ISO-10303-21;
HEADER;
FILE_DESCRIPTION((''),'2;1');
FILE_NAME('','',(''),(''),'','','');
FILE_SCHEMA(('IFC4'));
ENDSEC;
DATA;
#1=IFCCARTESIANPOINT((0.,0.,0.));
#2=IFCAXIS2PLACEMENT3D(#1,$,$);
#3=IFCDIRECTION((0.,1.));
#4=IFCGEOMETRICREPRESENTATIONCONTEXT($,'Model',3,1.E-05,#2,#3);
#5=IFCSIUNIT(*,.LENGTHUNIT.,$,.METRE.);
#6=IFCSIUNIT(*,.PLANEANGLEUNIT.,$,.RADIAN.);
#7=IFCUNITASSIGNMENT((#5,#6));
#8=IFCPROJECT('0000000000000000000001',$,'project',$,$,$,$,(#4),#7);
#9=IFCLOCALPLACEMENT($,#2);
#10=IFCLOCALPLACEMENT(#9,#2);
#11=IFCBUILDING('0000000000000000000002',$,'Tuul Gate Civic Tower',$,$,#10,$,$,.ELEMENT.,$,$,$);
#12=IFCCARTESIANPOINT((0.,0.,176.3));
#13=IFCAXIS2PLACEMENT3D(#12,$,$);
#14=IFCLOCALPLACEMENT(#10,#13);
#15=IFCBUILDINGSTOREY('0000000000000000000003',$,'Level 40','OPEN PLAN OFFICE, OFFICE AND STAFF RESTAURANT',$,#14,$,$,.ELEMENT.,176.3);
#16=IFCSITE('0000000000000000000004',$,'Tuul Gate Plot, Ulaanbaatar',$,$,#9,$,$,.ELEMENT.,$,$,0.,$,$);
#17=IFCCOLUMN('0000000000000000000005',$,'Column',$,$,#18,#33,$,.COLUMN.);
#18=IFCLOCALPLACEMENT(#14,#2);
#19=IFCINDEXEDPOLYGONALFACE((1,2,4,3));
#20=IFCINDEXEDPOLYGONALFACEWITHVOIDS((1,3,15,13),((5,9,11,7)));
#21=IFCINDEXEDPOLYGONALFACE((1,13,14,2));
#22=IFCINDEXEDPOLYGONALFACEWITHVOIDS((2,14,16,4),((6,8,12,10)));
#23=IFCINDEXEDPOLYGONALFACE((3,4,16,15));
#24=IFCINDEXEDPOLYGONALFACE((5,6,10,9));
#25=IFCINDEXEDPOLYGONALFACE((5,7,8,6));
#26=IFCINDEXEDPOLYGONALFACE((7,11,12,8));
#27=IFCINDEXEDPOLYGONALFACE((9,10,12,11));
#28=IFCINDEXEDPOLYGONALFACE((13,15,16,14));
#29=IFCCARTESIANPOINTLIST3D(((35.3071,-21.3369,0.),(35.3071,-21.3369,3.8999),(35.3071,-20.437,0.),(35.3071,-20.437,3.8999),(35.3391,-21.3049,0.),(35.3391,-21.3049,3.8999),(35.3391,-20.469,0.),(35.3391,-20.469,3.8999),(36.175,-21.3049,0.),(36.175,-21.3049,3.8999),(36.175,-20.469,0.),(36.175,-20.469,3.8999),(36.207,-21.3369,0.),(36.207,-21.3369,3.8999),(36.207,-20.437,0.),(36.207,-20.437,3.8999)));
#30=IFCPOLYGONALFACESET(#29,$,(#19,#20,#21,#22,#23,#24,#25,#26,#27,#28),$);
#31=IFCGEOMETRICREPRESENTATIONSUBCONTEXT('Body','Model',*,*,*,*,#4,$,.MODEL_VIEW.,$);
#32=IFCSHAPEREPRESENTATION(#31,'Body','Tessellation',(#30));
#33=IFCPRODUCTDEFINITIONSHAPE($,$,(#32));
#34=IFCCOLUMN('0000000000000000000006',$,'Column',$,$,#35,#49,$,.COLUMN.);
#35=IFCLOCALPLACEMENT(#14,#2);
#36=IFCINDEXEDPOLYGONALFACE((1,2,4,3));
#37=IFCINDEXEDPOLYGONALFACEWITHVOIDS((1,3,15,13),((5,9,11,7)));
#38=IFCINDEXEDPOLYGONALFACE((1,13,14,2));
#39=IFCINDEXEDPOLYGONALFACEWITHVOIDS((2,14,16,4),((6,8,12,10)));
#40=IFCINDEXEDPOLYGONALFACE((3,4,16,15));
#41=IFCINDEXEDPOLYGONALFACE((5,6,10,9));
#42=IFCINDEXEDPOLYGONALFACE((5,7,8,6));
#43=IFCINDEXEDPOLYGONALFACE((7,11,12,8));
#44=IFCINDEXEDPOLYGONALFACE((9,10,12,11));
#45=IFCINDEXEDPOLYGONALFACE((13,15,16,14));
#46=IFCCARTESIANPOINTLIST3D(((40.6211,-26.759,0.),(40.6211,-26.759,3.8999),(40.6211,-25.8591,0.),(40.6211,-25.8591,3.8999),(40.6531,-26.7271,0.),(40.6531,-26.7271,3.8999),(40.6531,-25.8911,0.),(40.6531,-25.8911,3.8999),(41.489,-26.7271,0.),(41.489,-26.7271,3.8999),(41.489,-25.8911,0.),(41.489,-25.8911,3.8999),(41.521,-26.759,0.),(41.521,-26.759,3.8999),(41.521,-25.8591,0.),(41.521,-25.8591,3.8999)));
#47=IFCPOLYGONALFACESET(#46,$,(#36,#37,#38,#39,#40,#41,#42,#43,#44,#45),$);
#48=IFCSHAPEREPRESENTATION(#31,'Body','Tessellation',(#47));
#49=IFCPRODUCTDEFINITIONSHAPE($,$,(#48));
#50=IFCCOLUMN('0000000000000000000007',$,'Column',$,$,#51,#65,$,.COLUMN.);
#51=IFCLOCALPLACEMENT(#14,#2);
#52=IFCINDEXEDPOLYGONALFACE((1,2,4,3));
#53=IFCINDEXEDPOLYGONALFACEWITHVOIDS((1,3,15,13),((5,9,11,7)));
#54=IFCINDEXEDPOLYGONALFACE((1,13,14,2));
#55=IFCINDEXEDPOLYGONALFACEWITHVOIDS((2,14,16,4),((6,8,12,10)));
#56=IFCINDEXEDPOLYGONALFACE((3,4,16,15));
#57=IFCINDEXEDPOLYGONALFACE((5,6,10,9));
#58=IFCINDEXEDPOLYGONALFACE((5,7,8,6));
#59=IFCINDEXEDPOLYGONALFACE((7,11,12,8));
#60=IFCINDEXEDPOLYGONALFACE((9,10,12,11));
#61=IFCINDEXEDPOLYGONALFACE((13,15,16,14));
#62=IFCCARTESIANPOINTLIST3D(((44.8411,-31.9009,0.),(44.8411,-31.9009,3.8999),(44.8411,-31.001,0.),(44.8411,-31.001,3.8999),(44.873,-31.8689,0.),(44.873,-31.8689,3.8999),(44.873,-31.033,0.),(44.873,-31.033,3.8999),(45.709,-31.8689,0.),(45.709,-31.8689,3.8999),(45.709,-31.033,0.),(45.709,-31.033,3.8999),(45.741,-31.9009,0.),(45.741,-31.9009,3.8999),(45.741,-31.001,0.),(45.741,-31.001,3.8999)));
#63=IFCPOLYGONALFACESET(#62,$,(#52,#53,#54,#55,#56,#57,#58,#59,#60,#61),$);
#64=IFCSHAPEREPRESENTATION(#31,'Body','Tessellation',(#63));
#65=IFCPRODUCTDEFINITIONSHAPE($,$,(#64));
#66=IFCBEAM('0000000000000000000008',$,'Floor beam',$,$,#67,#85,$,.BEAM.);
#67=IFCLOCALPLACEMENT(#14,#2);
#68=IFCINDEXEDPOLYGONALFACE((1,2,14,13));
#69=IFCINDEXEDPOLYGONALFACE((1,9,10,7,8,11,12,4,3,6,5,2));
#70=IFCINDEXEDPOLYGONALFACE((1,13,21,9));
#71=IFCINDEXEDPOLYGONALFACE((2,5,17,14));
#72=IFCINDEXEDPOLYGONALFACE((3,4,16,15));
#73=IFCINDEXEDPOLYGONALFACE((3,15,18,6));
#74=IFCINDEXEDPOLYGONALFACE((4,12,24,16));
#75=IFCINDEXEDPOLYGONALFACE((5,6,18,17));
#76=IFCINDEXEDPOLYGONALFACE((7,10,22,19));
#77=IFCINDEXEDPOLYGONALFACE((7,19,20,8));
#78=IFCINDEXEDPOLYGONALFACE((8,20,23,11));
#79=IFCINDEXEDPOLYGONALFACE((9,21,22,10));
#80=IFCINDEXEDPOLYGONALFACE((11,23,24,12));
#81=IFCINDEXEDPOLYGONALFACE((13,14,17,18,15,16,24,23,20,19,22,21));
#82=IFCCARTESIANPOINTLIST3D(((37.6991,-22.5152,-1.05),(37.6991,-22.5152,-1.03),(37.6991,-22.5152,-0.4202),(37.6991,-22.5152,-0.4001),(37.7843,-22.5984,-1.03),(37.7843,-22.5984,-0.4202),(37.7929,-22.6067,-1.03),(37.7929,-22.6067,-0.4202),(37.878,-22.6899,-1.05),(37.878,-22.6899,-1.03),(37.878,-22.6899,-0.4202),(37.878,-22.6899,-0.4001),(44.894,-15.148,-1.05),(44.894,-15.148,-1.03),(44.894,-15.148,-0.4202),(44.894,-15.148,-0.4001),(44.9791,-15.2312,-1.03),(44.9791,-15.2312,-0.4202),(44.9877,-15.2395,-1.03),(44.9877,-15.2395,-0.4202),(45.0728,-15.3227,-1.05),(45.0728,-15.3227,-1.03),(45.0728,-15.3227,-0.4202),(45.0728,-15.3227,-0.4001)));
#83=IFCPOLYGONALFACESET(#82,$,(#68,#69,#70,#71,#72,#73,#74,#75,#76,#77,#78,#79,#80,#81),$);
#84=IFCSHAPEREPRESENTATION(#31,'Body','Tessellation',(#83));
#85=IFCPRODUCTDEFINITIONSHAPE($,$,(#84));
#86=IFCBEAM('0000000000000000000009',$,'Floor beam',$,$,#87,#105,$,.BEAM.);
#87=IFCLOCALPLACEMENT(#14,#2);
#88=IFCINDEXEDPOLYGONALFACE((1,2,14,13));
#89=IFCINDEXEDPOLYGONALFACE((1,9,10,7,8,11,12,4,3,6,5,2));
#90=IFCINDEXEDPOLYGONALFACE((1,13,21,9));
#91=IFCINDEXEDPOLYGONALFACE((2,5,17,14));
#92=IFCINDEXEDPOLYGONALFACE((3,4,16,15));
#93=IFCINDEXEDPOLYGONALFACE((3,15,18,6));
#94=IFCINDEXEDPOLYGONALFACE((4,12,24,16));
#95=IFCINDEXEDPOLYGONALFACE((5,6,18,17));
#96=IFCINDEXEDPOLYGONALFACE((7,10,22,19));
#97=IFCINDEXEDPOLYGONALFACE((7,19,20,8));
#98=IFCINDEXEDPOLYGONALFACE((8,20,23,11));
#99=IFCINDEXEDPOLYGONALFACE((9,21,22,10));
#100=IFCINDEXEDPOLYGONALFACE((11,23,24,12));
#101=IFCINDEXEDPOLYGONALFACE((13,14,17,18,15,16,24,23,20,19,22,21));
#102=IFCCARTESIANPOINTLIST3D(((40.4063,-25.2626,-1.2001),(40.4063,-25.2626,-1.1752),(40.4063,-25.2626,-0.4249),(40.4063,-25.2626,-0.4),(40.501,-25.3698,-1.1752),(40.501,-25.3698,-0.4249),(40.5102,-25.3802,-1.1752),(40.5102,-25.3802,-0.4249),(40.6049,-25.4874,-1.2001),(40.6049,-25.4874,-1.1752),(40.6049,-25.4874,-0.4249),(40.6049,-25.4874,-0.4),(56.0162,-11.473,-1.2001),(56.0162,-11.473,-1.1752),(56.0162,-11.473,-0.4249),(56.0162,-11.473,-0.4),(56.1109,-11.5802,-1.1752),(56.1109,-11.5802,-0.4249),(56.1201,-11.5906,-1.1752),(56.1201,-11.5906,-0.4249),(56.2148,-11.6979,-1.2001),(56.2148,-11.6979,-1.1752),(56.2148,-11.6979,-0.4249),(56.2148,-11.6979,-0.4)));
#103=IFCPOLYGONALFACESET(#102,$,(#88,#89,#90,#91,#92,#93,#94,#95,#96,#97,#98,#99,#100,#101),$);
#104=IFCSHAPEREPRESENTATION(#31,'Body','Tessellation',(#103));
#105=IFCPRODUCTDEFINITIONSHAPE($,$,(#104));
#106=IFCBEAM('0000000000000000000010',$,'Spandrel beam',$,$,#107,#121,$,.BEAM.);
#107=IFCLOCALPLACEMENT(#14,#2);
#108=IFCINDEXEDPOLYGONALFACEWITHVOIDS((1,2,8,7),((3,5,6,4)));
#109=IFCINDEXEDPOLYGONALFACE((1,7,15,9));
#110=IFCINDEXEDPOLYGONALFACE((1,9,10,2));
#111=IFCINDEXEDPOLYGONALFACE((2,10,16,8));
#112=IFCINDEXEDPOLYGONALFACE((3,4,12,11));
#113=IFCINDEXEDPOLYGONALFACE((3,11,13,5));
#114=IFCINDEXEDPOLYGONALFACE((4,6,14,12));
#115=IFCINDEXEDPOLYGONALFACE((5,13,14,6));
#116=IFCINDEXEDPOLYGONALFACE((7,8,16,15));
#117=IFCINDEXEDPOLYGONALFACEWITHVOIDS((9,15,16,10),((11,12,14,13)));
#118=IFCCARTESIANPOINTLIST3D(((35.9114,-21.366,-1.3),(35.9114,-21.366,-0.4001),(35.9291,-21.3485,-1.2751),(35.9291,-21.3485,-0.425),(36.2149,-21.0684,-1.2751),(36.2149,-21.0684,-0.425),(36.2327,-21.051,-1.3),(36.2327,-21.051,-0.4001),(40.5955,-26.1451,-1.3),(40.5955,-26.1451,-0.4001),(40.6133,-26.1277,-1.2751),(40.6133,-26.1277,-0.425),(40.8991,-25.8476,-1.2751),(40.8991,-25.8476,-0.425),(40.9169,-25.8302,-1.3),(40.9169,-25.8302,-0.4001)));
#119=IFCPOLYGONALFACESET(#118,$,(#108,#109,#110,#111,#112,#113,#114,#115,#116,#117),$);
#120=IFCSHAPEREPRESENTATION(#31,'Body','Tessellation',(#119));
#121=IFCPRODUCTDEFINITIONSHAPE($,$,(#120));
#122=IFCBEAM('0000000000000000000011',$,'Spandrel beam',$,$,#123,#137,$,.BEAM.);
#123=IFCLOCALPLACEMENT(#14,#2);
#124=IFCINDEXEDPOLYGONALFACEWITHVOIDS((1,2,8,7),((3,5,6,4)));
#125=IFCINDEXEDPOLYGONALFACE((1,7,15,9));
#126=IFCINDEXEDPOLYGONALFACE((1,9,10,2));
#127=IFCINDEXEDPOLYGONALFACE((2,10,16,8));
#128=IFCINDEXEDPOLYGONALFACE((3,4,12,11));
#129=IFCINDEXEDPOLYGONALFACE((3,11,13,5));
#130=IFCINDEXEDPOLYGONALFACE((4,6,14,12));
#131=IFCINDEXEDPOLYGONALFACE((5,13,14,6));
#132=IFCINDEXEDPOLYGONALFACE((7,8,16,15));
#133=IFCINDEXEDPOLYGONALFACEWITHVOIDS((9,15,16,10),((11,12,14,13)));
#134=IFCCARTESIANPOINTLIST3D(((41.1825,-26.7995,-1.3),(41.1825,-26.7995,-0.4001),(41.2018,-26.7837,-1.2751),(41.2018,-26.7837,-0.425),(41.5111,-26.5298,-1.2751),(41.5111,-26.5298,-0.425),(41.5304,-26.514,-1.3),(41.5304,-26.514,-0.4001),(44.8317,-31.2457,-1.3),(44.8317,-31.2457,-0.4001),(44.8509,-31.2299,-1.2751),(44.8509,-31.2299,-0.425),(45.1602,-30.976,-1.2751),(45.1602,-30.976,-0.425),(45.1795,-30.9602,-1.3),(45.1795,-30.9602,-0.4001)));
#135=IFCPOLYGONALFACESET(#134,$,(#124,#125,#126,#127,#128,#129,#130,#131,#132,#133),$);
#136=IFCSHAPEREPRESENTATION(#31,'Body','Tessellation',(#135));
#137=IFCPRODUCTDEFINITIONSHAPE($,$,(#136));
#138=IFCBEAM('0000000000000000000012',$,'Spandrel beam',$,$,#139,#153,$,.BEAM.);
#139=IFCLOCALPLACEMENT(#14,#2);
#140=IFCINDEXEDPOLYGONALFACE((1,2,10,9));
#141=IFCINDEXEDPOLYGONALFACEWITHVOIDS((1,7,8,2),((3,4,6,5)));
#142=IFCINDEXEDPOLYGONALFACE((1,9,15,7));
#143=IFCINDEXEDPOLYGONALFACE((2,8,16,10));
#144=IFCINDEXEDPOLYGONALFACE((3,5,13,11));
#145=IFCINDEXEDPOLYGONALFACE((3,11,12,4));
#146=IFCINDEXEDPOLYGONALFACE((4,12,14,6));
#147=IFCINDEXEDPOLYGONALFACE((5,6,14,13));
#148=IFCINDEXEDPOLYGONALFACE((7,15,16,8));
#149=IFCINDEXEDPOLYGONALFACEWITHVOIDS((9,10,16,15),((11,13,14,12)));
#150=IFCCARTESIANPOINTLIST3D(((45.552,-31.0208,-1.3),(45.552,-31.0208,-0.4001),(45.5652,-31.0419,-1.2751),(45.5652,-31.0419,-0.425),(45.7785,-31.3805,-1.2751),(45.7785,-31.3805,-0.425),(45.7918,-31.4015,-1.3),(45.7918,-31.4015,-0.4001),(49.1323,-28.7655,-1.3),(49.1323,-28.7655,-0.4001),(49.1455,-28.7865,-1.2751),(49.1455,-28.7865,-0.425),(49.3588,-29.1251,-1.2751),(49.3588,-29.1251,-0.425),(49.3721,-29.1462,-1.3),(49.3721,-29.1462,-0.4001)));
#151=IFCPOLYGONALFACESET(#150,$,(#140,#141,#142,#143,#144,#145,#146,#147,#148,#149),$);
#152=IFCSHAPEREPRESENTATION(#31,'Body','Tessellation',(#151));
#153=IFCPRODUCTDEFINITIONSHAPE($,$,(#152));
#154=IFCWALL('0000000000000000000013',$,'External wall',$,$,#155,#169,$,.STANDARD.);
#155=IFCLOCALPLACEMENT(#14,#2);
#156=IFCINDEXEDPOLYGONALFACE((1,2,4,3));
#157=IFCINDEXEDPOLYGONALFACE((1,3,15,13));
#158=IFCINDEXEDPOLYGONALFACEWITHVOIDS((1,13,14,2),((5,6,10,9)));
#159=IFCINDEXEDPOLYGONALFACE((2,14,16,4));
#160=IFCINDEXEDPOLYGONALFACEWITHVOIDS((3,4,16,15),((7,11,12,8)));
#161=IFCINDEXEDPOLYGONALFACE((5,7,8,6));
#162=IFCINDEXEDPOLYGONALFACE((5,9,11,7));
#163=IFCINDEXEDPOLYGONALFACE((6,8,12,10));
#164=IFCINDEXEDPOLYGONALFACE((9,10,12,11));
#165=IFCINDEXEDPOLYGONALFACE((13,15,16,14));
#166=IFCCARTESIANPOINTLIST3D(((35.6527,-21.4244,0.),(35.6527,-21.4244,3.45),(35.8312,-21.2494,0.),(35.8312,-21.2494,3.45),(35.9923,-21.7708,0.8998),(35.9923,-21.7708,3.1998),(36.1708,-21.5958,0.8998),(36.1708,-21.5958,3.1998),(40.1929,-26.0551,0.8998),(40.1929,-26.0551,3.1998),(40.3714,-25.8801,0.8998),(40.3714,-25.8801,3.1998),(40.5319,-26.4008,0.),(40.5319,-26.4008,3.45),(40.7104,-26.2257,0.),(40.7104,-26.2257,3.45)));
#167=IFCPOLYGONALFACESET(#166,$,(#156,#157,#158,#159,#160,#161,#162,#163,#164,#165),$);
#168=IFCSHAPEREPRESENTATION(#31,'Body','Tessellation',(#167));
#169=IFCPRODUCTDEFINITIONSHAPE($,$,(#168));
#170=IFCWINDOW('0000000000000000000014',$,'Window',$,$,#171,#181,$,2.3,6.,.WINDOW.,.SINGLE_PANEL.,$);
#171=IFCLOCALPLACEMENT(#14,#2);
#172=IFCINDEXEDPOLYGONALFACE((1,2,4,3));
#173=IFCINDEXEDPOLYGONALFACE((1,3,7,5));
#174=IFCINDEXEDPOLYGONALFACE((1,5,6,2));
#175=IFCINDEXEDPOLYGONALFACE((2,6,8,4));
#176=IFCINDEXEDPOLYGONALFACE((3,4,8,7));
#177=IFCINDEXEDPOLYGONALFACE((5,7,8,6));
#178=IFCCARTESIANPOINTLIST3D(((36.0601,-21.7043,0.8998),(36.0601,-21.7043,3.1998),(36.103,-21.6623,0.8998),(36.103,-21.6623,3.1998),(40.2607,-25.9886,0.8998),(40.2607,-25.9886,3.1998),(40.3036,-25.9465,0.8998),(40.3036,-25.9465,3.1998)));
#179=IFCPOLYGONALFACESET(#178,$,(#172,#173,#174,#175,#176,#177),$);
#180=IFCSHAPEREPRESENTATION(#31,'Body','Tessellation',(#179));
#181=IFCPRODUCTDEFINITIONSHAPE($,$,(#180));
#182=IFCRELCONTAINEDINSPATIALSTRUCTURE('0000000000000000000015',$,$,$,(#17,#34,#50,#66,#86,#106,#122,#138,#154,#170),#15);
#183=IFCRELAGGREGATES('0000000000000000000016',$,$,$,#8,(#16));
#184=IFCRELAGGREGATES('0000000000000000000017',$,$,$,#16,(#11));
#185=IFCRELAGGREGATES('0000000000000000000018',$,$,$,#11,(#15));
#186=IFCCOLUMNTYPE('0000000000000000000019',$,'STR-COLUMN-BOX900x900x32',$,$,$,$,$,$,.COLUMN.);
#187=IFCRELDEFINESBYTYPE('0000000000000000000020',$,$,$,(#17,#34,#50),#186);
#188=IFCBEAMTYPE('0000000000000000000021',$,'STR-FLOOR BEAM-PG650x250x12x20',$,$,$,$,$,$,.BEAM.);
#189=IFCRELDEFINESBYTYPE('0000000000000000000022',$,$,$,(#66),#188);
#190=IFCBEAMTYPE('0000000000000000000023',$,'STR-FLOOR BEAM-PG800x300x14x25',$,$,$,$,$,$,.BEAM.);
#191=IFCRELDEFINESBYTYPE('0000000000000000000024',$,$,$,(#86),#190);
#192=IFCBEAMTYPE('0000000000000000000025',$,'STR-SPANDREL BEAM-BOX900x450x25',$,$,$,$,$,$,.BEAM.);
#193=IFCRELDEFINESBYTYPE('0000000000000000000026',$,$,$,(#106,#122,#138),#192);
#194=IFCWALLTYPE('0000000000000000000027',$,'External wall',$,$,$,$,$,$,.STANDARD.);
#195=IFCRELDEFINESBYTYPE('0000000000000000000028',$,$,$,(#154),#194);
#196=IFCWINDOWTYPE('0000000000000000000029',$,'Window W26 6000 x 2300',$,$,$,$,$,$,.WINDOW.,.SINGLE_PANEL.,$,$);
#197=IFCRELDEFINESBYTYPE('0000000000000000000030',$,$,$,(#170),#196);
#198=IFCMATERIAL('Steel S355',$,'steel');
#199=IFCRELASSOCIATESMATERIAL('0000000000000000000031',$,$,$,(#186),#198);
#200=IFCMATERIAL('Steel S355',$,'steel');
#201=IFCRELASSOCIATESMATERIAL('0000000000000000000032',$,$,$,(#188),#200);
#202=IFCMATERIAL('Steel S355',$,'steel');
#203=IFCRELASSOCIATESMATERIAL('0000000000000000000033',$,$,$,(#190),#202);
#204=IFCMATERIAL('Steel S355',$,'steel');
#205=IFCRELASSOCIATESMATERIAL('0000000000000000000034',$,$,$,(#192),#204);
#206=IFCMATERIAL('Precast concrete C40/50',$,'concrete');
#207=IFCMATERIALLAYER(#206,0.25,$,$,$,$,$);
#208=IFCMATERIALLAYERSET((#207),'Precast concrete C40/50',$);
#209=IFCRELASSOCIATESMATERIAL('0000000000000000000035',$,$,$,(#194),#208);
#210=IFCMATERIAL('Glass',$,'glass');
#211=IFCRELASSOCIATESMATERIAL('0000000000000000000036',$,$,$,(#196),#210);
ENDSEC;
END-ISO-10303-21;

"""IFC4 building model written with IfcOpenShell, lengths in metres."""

from ifc_helpers import new_model, si_unit, direction, frame, frame_2d, origin, origin_2d, place, context, subcontext, project, spatial, rectangle, hollow_rectangle, i_section, extrude, material, layer, layer_set, material_profile, profile_set, type_object, element, fill, save


model = new_model("IFC4")

# Units and contexts
model_context = context("Model", 3, precision=1e-05, world=origin(), true_north=direction((0.0, 1.0)))
body_context = subcontext(model_context, "Body", "Model", "MODEL_VIEW")
ifc_project = project(units=[si_unit("LENGTHUNIT", "METRE"), si_unit("PLANEANGLEUNIT", "RADIAN")], contexts=[model_context])

# Site, building, storey
site_placement = place(None, origin())
site = spatial("IfcSite", under=ifc_project, at=site_placement, Name="Tuul Gate Plot, Ulaanbaatar", CompositionType="ELEMENT", RefElevation=0.0)
building_placement = place(site_placement, origin())
building = spatial("IfcBuilding", under=site, at=building_placement, Name="Tuul Gate Civic Tower", CompositionType="ELEMENT")
storey_placement = place(building_placement, frame((0.0, 0.0, 176.3)))
storey = spatial("IfcBuildingStorey", under=building, at=storey_placement, Name="Level 40", Description="OPEN PLAN OFFICE, OFFICE AND STAFF RESTAURANT", CompositionType="ELEMENT", Elevation=176.3)

# Columns
ifc_material_1 = material(Name="Steel S355", Category="steel")
ifc_material_profile_1 = material_profile(ifc_material_1, hollow_rectangle(XDim=0.8999, YDim=0.8999, WallThickness=0.032, at=origin_2d()), Name="BOX900x900x32")
ifc_profile_set_1 = profile_set([ifc_material_profile_1], Name="Steel S355")
column_type = type_object("IfcColumnType", Name="STR-COLUMN-BOX900x900x32", PredefinedType="COLUMN", material=ifc_profile_set_1)
for number, where, z_axis, x_axis, name in (
    (1, (35.7571, -20.887, 0.0), (0.0, 0.0, 1.0), (1.0, 0.0, 0.0), "Column"),
    (2, (41.071, -26.3091, 0.0), (0.0, 0.0, 1.0), (1.0, 0.0, 0.0), "Column"),
    (3, (45.291, -31.4509, 0.0), (0.0, 0.0, 1.0), (1.0, 0.0, 0.0), "Column"),
):
    element("IfcColumn", number, at=place(storey_placement, frame(where, z_axis=z_axis, x_axis=x_axis)), inside=storey, type_object=column_type, Name=name, PredefinedType="COLUMN", context=body_context, shape_type="SweptSolid", body=[
        extrude(hollow_rectangle(XDim=0.8999, YDim=0.8999, WallThickness=0.032, at=origin_2d()), origin(), (0.0, 0.0, 1.0), 3.8999),
    ])

# Beams
ifc_material_2 = material(Name="Steel S355", Category="steel")
ifc_material_profile_2 = material_profile(ifc_material_2, i_section(OverallWidth=0.25, OverallDepth=0.6499, WebThickness=0.012, FlangeThickness=0.02, at=origin_2d()), Name="PG650x250x12x20")
ifc_profile_set_2 = profile_set([ifc_material_profile_2], Name="Steel S355")
beam_type_1 = type_object("IfcBeamType", Name="STR-FLOOR BEAM-PG650x250x12x20", PredefinedType="BEAM", material=ifc_profile_set_2)
beam_1_placement = place(storey_placement, frame((37.7886, -22.6025, -0.7251), z_axis=(0.698688, 0.715426, 0.0), x_axis=(-0.715426, 0.698688, 0.0)))
element("IfcBeam", 4, at=beam_1_placement, inside=storey, type_object=beam_type_1, Name="Floor beam", PredefinedType="BEAM", context=body_context, shape_type="SweptSolid", body=[
    extrude(i_section(OverallWidth=0.25, OverallDepth=0.6499, WebThickness=0.012, FlangeThickness=0.02, at=origin_2d()), origin(), (0.0, 0.0, 1.0), 10.2976),
])
ifc_material_3 = material(Name="Steel S355", Category="steel")
ifc_material_profile_3 = material_profile(ifc_material_3, i_section(OverallWidth=0.3, OverallDepth=0.8, WebThickness=0.0139, FlangeThickness=0.0249, at=origin_2d()), Name="PG800x300x14x25")
ifc_profile_set_3 = profile_set([ifc_material_profile_3], Name="Steel S355")
beam_type_2 = type_object("IfcBeamType", Name="STR-FLOOR BEAM-PG800x300x14x25", PredefinedType="BEAM", material=ifc_profile_set_3)
beam_2_placement = place(storey_placement, frame((40.5056, -25.375, -0.8), z_axis=(0.749453, 0.662057, 0.0), x_axis=(-0.662057, 0.749453, 0.0)))
element("IfcBeam", 5, at=beam_2_placement, inside=storey, type_object=beam_type_2, Name="Floor beam", PredefinedType="BEAM", context=body_context, shape_type="SweptSolid", body=[
    extrude(i_section(OverallWidth=0.3, OverallDepth=0.8, WebThickness=0.0139, FlangeThickness=0.0249, at=origin_2d()), origin(), (0.0, 0.0, 1.0), 20.8284),
])
ifc_material_4 = material(Name="Steel S355", Category="steel")
ifc_material_profile_4 = material_profile(ifc_material_4, hollow_rectangle(XDim=0.45, YDim=0.8999, WallThickness=0.0249, at=origin_2d()), Name="BOX900x450x25")
ifc_profile_set_4 = profile_set([ifc_material_profile_4], Name="Steel S355")
beam_type_3 = type_object("IfcBeamType", Name="STR-SPANDREL BEAM-BOX900x450x25", PredefinedType="BEAM", material=ifc_profile_set_4)
beam_3_placement = place(storey_placement, frame((36.072, -21.2085, -0.8501), z_axis=(0.699975, -0.714167, 0.0), x_axis=(0.714167, 0.699975, 0.0)))
element("IfcBeam", 6, at=beam_3_placement, inside=storey, type_object=beam_type_3, Name="Spandrel beam", PredefinedType="BEAM", context=body_context, shape_type="SweptSolid", body=[
    extrude(hollow_rectangle(XDim=0.45, YDim=0.8999, WallThickness=0.0249, at=origin_2d()), origin(), (0.0, 0.0, 1.0), 6.6919),
])
beam_4_placement = place(storey_placement, frame((41.3564, -26.6567, -0.8501), z_axis=(0.634414, -0.772994, 0.0), x_axis=(0.772994, 0.634414, 0.0)))
element("IfcBeam", 7, at=beam_4_placement, inside=storey, type_object=beam_type_3, Name="Spandrel beam", PredefinedType="BEAM", context=body_context, shape_type="SweptSolid", body=[
    extrude(hollow_rectangle(XDim=0.45, YDim=0.8999, WallThickness=0.0249, at=origin_2d()), origin(), (0.0, 0.0, 1.0), 5.752),
])
beam_5_placement = place(storey_placement, frame((45.6719, -31.2112, -0.8501), z_axis=(0.846116, 0.532998, 0.0), x_axis=(-0.532998, 0.846116, 0.0)))
element("IfcBeam", 8, at=beam_5_placement, inside=storey, type_object=beam_type_3, Name="Spandrel beam", PredefinedType="BEAM", context=body_context, shape_type="SweptSolid", body=[
    extrude(hollow_rectangle(XDim=0.45, YDim=0.8999, WallThickness=0.0249, at=origin_2d()), origin(), (0.0, 0.0, 1.0), 4.2314),
])

# Wall, opening, window
ifc_material_5 = material(Name="Precast concrete C40/50", Category="concrete")
ifc_layer_1 = layer(ifc_material_5, 0.25)
ifc_layer_set_1 = layer_set([ifc_layer_1], Name="Precast concrete C40/50")
wall_type_1 = type_object("IfcWallType", Name="External wall", PredefinedType="STANDARD", material=ifc_layer_set_1)
wall_1_placement = place(storey_placement, frame((35.7419, -21.3369, 0.0), z_axis=(0.0, 0.0, 1.0), x_axis=(0.700101, -0.714044, 0.0)))
wall_1 = element("IfcWall", 9, at=wall_1_placement, inside=storey, type_object=wall_type_1, Name="External wall", PredefinedType="STANDARD", context=body_context, shape_type="SweptSolid", body=[
    extrude(rectangle(XDim=6.9692, YDim=0.25, at=frame_2d((3.4846, 0.0))), origin(), (0.0, 0.0, 1.0), 3.45),
])
opening_1_placement = place(wall_1_placement, frame((0.4851, 0.0, 0.8999)))
opening_1 = element("IfcOpeningElement", 10, at=opening_1_placement, cuts=wall_1, PredefinedType="OPENING", context=body_context, shape_type="SweptSolid", body=[
    extrude(rectangle(XDim=6.0, YDim=2.3, at=frame_2d((3.0, 1.1499))), frame((0.0, 0.135, 0.0), z_axis=(0.0, -1.0, 0.0), x_axis=(1.0, 0.0, 0.0)), (0.0, 0.0, 1.0), 0.27),
])
ifc_material_6 = material(Name="Glass", Category="glass")
window_type_1 = type_object("IfcWindowType", Name="Window W26 6000 x 2300", PartitioningType="SINGLE_PANEL", PredefinedType="WINDOW", material=ifc_material_6)
window_1_placement = place(opening_1_placement, origin())
window_1 = element("IfcWindow", 11, at=window_1_placement, inside=storey, type_object=window_type_1, Name="Window", OverallHeight=2.3, OverallWidth=6.0, PartitioningType="SINGLE_PANEL", PredefinedType="WINDOW", context=body_context, shape_type="SweptSolid", body=[
    extrude(rectangle(XDim=6.0, YDim=2.3, at=frame_2d((3.0, 1.1499))), frame((0.0, 0.03, 0.0), z_axis=(0.0, -1.0, 0.0), x_axis=(1.0, 0.0, 0.0)), (0.0, 0.0, 1.0), 0.0601),
])
fill(opening_1, window_1)

save(model, "model.ifc")
